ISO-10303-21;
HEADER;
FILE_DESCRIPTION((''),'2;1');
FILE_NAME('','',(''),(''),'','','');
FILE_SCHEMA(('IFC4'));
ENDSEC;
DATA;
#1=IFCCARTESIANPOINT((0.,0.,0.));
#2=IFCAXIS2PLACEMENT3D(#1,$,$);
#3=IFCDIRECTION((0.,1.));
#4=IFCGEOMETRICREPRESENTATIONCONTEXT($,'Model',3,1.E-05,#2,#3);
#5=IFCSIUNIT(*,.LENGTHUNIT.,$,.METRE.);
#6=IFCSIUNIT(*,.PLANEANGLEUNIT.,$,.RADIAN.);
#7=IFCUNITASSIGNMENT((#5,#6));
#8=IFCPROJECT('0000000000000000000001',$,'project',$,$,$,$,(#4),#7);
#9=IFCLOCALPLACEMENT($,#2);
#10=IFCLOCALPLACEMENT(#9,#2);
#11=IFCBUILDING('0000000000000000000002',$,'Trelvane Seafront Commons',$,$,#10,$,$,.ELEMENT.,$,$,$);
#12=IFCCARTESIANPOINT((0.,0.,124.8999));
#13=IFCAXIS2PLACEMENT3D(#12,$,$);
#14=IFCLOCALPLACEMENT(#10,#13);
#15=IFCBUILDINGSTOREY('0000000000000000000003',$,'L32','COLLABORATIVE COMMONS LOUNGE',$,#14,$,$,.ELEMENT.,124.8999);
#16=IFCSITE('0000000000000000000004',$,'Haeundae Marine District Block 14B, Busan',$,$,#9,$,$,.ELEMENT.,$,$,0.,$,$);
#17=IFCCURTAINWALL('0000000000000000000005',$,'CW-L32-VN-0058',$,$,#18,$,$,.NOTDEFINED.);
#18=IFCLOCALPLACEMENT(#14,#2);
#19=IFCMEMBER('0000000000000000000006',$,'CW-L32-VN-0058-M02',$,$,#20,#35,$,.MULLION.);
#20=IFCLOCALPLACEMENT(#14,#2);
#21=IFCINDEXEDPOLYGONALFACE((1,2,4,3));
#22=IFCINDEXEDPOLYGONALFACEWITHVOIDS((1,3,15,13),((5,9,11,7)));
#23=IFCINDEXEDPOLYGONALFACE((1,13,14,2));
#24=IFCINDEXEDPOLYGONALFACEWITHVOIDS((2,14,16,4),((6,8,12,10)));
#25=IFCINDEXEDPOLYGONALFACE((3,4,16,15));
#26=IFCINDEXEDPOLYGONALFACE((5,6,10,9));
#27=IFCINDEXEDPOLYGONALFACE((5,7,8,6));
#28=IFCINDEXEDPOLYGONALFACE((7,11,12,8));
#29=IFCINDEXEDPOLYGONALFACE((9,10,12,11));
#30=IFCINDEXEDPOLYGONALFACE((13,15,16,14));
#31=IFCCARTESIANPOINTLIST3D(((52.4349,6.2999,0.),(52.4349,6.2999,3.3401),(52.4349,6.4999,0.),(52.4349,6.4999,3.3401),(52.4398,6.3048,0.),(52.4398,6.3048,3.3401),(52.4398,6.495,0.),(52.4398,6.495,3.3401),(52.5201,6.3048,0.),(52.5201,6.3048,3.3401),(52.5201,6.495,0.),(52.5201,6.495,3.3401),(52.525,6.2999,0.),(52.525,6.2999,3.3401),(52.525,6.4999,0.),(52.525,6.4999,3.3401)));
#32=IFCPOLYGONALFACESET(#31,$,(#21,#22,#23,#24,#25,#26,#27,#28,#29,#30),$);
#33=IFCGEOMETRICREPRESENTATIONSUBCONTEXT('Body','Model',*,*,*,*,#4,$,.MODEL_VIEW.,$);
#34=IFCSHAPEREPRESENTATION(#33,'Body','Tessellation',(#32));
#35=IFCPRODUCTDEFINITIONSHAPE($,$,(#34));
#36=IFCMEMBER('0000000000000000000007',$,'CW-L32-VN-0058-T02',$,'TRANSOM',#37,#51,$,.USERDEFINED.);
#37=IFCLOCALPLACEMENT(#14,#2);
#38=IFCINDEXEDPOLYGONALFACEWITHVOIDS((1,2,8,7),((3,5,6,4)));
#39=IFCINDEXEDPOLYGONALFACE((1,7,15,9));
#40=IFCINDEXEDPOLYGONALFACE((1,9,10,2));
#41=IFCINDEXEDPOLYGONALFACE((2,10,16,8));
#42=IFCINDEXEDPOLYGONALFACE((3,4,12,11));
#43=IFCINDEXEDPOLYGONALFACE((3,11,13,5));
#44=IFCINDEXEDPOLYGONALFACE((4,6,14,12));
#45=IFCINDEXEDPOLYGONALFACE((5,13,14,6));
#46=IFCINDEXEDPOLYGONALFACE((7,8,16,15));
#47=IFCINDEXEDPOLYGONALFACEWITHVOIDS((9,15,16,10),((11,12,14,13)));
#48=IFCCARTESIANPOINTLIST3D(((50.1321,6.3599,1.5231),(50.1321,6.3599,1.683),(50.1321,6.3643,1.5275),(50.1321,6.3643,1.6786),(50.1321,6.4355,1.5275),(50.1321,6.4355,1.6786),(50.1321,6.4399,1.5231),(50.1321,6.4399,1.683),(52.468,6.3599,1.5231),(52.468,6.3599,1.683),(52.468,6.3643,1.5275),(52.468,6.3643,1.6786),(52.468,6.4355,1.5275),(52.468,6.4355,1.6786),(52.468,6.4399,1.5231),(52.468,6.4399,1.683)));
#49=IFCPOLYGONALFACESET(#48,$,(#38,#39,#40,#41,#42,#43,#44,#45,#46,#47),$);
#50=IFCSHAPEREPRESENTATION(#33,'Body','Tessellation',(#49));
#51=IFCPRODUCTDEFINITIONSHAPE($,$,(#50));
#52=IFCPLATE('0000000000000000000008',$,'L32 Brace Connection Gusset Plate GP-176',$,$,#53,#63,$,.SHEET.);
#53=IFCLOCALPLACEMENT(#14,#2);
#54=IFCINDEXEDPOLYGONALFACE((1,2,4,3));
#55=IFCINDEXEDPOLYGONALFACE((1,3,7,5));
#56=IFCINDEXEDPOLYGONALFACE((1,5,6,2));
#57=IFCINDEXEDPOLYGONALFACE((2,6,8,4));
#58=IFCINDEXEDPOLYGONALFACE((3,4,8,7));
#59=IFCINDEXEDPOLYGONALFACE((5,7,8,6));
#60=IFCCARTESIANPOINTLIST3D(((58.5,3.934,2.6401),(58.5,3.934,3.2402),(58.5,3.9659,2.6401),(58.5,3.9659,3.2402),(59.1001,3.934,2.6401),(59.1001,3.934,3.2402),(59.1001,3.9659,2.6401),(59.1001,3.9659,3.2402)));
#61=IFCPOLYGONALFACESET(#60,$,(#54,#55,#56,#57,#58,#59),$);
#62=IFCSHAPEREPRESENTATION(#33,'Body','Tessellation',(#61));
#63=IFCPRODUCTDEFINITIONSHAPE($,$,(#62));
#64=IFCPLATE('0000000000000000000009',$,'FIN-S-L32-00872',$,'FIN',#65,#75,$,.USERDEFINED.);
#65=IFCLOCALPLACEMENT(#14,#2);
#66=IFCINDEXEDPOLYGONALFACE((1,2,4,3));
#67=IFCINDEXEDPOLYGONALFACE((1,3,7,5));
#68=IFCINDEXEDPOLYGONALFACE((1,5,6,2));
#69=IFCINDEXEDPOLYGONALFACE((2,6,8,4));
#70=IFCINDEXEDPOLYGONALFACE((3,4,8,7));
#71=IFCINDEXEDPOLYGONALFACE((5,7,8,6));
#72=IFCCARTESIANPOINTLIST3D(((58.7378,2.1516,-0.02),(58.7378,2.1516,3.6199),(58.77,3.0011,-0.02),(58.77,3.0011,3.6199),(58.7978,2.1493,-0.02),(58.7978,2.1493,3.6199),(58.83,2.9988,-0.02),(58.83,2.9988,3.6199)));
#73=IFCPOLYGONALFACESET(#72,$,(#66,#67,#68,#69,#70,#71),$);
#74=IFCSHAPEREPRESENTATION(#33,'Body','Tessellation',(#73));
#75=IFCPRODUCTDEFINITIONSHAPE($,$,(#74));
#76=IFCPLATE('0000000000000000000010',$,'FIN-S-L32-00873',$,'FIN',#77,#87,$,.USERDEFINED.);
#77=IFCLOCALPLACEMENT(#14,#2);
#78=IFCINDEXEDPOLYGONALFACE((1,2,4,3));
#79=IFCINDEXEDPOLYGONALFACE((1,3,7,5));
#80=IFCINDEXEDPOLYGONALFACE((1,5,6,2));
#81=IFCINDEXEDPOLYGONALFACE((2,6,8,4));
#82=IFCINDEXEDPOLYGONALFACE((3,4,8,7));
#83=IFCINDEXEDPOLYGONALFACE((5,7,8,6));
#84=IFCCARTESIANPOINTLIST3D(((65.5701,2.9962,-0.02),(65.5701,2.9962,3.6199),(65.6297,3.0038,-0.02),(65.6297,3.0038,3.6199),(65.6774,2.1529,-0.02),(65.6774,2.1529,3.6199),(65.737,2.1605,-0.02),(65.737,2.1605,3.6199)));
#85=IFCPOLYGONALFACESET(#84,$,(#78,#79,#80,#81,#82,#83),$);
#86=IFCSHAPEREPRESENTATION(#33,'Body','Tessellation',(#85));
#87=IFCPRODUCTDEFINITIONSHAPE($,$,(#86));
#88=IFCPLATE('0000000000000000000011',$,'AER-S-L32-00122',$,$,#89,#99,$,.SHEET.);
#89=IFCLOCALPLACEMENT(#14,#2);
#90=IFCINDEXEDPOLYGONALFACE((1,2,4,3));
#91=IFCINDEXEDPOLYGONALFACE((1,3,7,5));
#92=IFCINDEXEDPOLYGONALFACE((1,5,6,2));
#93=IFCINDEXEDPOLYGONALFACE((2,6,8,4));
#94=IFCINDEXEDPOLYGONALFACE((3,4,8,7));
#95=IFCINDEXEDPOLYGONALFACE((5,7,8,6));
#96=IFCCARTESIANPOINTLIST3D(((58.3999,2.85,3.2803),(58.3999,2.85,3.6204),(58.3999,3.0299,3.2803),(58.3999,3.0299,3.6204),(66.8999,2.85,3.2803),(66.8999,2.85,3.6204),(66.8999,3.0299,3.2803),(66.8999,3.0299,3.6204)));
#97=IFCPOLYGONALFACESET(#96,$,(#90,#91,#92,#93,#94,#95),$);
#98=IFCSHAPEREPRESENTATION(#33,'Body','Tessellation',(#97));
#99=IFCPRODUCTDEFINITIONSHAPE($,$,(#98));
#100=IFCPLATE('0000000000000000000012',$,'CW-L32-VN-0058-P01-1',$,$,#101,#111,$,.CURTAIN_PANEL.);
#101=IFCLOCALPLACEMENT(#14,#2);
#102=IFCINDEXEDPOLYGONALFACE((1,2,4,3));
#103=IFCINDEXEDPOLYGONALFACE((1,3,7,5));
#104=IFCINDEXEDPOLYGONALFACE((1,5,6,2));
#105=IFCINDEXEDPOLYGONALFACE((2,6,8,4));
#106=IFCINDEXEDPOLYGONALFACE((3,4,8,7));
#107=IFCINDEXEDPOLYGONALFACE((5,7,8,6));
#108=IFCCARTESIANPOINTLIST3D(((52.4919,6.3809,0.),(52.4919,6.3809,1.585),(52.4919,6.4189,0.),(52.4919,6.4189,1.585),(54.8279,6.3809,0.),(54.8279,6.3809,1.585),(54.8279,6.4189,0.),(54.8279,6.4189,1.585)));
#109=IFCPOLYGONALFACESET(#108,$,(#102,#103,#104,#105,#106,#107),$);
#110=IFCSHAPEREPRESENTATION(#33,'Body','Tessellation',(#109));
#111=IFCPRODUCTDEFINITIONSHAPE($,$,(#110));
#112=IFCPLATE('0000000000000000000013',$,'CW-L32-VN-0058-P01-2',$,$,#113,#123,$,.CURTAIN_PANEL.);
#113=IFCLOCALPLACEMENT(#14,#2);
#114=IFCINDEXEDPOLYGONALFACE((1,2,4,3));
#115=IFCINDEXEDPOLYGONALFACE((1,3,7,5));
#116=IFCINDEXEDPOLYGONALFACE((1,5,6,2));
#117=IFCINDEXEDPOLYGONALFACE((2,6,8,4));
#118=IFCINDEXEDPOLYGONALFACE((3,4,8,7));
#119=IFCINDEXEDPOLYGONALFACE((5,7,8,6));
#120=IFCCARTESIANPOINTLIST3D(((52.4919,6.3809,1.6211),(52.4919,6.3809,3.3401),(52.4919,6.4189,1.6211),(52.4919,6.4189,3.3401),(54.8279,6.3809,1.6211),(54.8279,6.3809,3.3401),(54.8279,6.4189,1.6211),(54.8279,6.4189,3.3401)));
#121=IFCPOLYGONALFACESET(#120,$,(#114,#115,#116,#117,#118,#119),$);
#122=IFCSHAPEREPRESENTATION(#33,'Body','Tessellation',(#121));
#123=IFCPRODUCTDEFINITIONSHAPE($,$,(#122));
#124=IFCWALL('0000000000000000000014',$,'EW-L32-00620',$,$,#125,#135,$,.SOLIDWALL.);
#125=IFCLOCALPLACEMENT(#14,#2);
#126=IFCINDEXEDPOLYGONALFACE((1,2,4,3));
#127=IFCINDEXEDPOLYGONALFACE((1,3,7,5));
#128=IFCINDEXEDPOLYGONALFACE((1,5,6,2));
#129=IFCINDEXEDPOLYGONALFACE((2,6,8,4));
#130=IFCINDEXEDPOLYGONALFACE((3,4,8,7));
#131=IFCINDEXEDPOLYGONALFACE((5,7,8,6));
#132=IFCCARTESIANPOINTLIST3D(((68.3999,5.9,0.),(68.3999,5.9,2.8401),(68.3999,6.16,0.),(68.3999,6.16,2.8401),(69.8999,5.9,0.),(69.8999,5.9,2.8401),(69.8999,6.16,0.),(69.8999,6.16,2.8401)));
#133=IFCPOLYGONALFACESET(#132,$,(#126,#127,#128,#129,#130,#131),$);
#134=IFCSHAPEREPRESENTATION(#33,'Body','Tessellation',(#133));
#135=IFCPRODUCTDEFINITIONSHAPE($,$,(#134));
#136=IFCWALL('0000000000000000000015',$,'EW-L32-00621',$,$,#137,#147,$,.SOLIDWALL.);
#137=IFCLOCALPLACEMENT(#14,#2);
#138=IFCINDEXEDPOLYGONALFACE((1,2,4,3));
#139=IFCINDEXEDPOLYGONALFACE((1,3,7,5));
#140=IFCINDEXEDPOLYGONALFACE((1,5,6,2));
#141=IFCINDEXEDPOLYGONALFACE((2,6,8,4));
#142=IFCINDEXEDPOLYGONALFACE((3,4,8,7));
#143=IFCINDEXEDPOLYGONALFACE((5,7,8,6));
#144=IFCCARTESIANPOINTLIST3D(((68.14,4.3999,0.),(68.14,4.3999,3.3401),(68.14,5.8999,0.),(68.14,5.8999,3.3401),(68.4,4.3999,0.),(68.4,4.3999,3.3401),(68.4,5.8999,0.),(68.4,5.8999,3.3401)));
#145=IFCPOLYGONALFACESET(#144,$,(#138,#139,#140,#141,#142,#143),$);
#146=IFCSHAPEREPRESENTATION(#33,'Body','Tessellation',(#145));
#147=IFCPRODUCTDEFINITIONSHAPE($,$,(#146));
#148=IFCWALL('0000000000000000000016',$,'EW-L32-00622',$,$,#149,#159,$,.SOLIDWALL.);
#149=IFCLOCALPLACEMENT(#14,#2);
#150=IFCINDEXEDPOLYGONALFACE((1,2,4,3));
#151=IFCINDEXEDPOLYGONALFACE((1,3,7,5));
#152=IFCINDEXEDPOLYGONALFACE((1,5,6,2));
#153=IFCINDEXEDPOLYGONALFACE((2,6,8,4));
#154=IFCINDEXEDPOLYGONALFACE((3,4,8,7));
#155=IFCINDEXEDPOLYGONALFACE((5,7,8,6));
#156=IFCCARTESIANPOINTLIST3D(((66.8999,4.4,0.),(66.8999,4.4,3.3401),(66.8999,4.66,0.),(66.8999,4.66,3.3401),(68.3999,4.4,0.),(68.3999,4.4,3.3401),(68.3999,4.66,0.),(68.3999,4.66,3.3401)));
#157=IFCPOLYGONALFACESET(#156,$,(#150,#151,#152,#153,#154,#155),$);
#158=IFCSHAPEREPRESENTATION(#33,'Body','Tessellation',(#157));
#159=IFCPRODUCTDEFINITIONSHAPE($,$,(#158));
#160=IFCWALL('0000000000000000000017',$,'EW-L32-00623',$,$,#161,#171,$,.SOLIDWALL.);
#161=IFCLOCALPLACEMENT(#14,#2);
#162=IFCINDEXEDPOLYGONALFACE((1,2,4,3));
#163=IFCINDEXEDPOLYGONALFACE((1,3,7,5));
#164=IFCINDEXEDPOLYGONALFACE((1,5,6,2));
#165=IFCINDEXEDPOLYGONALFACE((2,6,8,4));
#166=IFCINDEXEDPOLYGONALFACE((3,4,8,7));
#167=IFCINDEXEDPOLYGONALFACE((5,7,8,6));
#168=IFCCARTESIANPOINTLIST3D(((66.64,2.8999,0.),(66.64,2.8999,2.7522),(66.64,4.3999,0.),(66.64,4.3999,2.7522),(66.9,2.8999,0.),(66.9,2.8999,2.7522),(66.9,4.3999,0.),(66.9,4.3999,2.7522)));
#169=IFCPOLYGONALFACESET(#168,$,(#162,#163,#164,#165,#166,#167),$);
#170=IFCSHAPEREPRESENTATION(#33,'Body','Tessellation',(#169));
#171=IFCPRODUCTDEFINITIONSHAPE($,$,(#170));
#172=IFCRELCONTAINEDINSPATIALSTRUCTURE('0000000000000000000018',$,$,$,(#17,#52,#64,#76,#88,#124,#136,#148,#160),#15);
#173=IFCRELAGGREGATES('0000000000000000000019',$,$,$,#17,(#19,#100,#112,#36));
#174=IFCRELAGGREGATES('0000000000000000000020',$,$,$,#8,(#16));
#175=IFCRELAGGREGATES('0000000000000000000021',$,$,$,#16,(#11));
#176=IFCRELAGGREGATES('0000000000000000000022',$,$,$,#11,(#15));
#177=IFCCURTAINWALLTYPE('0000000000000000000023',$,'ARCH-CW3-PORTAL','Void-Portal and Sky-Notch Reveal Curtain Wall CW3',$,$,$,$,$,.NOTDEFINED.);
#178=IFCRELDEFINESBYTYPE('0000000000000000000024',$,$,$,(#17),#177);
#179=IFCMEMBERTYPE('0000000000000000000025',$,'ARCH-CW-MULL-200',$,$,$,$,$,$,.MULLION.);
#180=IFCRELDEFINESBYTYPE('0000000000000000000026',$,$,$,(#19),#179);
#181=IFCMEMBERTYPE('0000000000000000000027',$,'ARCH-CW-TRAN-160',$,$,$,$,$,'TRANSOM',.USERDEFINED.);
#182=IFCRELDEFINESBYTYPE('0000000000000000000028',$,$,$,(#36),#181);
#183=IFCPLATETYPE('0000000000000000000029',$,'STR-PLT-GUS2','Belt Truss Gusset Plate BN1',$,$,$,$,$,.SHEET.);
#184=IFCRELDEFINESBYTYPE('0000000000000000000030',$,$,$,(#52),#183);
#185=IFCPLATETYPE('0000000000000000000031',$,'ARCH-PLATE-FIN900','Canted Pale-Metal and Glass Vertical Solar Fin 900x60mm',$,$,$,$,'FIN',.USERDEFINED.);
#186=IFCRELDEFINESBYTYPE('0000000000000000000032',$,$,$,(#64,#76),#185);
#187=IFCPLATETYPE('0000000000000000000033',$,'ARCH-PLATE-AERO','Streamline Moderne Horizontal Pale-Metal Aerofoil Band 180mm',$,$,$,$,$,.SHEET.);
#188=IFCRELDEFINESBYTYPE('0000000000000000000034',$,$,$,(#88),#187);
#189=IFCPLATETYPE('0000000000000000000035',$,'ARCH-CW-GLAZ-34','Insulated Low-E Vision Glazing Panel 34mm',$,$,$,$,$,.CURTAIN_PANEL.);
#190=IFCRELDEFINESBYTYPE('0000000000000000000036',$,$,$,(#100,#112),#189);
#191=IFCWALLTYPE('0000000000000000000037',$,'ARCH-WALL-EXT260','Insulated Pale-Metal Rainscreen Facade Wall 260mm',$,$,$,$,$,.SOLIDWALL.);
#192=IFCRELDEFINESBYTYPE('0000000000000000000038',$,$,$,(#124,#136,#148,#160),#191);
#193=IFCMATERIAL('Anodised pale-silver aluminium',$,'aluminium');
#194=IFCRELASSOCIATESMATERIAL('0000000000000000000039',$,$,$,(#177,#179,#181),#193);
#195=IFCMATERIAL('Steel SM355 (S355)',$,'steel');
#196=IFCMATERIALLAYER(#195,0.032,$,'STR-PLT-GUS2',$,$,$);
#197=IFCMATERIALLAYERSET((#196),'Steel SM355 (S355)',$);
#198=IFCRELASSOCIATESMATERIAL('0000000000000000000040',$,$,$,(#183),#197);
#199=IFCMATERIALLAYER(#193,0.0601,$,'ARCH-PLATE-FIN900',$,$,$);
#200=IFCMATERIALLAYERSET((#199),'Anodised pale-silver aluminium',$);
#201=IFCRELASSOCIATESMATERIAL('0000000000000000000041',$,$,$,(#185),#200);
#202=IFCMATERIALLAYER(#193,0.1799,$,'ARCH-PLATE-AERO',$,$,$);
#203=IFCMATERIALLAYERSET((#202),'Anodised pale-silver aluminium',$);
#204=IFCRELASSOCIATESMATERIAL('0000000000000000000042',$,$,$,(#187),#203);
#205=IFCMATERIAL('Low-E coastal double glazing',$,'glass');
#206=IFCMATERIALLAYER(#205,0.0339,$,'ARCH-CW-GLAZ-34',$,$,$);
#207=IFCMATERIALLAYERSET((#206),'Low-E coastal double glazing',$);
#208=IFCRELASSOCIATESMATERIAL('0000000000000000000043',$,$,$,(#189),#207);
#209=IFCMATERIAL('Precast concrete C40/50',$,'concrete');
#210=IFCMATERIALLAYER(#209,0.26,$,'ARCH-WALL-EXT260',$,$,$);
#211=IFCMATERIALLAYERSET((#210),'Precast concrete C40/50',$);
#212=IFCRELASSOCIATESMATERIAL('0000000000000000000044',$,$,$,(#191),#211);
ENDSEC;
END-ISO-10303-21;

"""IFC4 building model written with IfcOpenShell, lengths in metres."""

from ifc_helpers import new_model, si_unit, direction, frame, frame_2d, origin, origin_2d, place, context, subcontext, project, spatial, rectangle, hollow_rectangle, extrude, source, transform, mapped, material, layer, layer_set, material_profile, profile_set, type_object, element, aggregate, save


model = new_model("IFC4")

# Units and contexts
model_context = context("Model", 3, precision=1e-05, world=origin(), true_north=direction((0.0, 1.0)))
body_context = subcontext(model_context, "Body", "Model", "MODEL_VIEW")
ifc_project = project(units=[si_unit("LENGTHUNIT", "METRE"), si_unit("PLANEANGLEUNIT", "RADIAN")], contexts=[model_context])

# Site, building, storey
site_placement = place(None, origin())
site = spatial("IfcSite", under=ifc_project, at=site_placement, Name="Haeundae Marine District Block 14B, Busan", CompositionType="ELEMENT", RefElevation=0.0)
building_placement = place(site_placement, origin())
building = spatial("IfcBuilding", under=site, at=building_placement, Name="Trelvane Seafront Commons", CompositionType="ELEMENT")
storey_placement = place(building_placement, frame((0.0, 0.0, 124.8999)))
storey = spatial("IfcBuildingStorey", under=building, at=storey_placement, Name="L32", Description="COLLABORATIVE COMMONS LOUNGE", CompositionType="ELEMENT", Elevation=124.8999)

# Shared definitions
ifc_material_1 = material(Name="Steel SM355 (S355)", Category="steel")

# Curtain wall, members
ifc_material_2 = material(Name="Anodised pale-silver aluminium", Category="aluminium")
curtain_wall_type = type_object("IfcCurtainWallType", Name="ARCH-CW3-PORTAL", Description="Void-Portal and Sky-Notch Reveal Curtain Wall CW3", PredefinedType="NOTDEFINED", material=ifc_material_2)
curtain_wall_placement = place(storey_placement, origin())
curtain_wall = element("IfcCurtainWall", 1, at=curtain_wall_placement, inside=storey, type_object=curtain_wall_type, Name="CW-L32-VN-0058", PredefinedType="NOTDEFINED")
ifc_material_profile_1 = material_profile(ifc_material_2, hollow_rectangle(XDim=0.0901, YDim=0.2, WallThickness=0.0049, at=origin_2d()), Name="MULL-90x200x5")
ifc_profile_set_1 = profile_set([ifc_material_profile_1], Name="Anodised pale-silver aluminium")
member_type_1 = type_object("IfcMemberType", Name="ARCH-CW-MULL-200", PredefinedType="MULLION", material=ifc_profile_set_1)
shared_shape_1 = source(origin(), body_context, "Body", "SweptSolid", [
    extrude(hollow_rectangle(XDim=0.0901, YDim=0.2, WallThickness=0.0049, at=origin_2d()), origin(), (0.0, 0.0, 1.0), 3.3401),
])
member_1_placement = place(storey_placement, frame((52.48, 6.3999, 0.0), z_axis=(0.0, 0.0, 1.0), x_axis=(1.0, 0.0, 0.0)))
member_1 = element("IfcMember", 2, at=member_1_placement, type_object=member_type_1, Name="CW-L32-VN-0058-M02", PredefinedType="MULLION", context=body_context, shape_type="MappedRepresentation", body=[
    mapped(shared_shape_1, transform((0.0, 0.0, 0.0), x_axis=(1.0, 0.0, 0.0), y_axis=(0.0, 1.0, 0.0), z_axis=(0.0, 0.0, 1.0), scale=1.0)),
])
ifc_material_profile_2 = material_profile(ifc_material_2, hollow_rectangle(XDim=0.0801, YDim=0.1599, WallThickness=0.0044, at=origin_2d()), Name="TRAN-80x160x4.5")
ifc_profile_set_2 = profile_set([ifc_material_profile_2], Name="Anodised pale-silver aluminium")
member_type_2 = type_object("IfcMemberType", Name="ARCH-CW-TRAN-160", ElementType="TRANSOM", PredefinedType="USERDEFINED", material=ifc_profile_set_2)
shared_shape_2 = source(origin(), body_context, "Body", "SweptSolid", [
    extrude(hollow_rectangle(XDim=0.0801, YDim=0.1599, WallThickness=0.0044, at=origin_2d()), origin(), (0.0, 0.0, 1.0), 2.3359),
])
member_2_placement = place(storey_placement, frame((52.468, 6.3999, 1.603), z_axis=(-1.0, 0.0, 0.0), x_axis=(0.0, -1.0, 0.0)))
member_2 = element("IfcMember", 3, at=member_2_placement, type_object=member_type_2, Name="CW-L32-VN-0058-T02", ObjectType="TRANSOM", PredefinedType="USERDEFINED", context=body_context, shape_type="MappedRepresentation", body=[
    mapped(shared_shape_2, transform((0.0, 0.0, 0.0), x_axis=(1.0, 0.0, 0.0), y_axis=(0.0, 1.0, 0.0), z_axis=(0.0, 0.0, 1.0), scale=1.0)),
])

# Plates
ifc_layer_1 = layer(ifc_material_1, 0.032, Name="STR-PLT-GUS2")
ifc_layer_set_1 = layer_set([ifc_layer_1], Name="Steel SM355 (S355)")
plate_type_1 = type_object("IfcPlateType", Name="STR-PLT-GUS2", Description="Belt Truss Gusset Plate BN1", PredefinedType="SHEET", material=ifc_layer_set_1)
shared_shape_3 = source(origin(), body_context, "Body", "SweptSolid", [
    extrude(rectangle(XDim=0.6001, YDim=0.032, at=origin_2d()), origin(), (0.0, 0.0, 1.0), 0.6001),
])
plate_1_placement = place(storey_placement, frame((58.8, 3.95, 2.6401), z_axis=(0.0, 0.0, 1.0), x_axis=(1.0, 0.0, 0.0)))
element("IfcPlate", 4, at=plate_1_placement, inside=storey, type_object=plate_type_1, Name="L32 Brace Connection Gusset Plate GP-176", PredefinedType="SHEET", context=body_context, shape_type="MappedRepresentation", body=[
    mapped(shared_shape_3, transform((0.0, 0.0, 0.0), x_axis=(1.0, 0.0, 0.0), y_axis=(0.0, 1.0, 0.0), z_axis=(0.0, 0.0, 1.0), scale=1.0)),
])
ifc_layer_2 = layer(ifc_material_2, 0.0601, Name="ARCH-PLATE-FIN900")
ifc_layer_set_2 = layer_set([ifc_layer_2], Name="Anodised pale-silver aluminium")
plate_type_2 = type_object("IfcPlateType", Name="ARCH-PLATE-FIN900", Description="Canted Pale-Metal and Glass Vertical Solar Fin 900x60mm", ElementType="FIN", PredefinedType="USERDEFINED", material=ifc_layer_set_2)
shared_shape_4 = source(origin(), body_context, "Body", "SweptSolid", [
    extrude(rectangle(XDim=0.8501, YDim=0.0601, at=origin_2d()), origin(), (0.0, 0.0, 1.0), 3.6399),
])
for number, where, z_axis, x_axis, name in (
    (5, (58.7839, 2.5752, -0.02), (0.0, 0.0, 1.0), (-0.037882, -0.999282, 0.0), "FIN-S-L32-00872"),
    (6, (65.6536, 2.5784, -0.02), (0.0, 0.0, 1.0), (0.126235, -0.992, 0.0), "FIN-S-L32-00873"),
):
    element("IfcPlate", number, at=place(storey_placement, frame(where, z_axis=z_axis, x_axis=x_axis)), inside=storey, type_object=plate_type_2, Name=name, ObjectType="FIN", PredefinedType="USERDEFINED", context=body_context, shape_type="MappedRepresentation", body=[
        mapped(shared_shape_4, transform((0.0, 0.0, 0.0), x_axis=(1.0, 0.0, 0.0), y_axis=(0.0, 1.0, 0.0), z_axis=(0.0, 0.0, 1.0), scale=1.0)),
    ])
ifc_layer_3 = layer(ifc_material_2, 0.1799, Name="ARCH-PLATE-AERO")
ifc_layer_set_3 = layer_set([ifc_layer_3], Name="Anodised pale-silver aluminium")
plate_type_3 = type_object("IfcPlateType", Name="ARCH-PLATE-AERO", Description="Streamline Moderne Horizontal Pale-Metal Aerofoil Band 180mm", PredefinedType="SHEET", material=ifc_layer_set_3)
shared_shape_5 = source(origin(), body_context, "Body", "SweptSolid", [
    extrude(rectangle(XDim=8.5, YDim=0.1799, at=origin_2d()), origin(), (0.0, 0.0, 1.0), 0.3401),
])
plate_2_placement = place(storey_placement, frame((62.6499, 2.9399, 3.2803), z_axis=(0.0, 0.0, 1.0), x_axis=(-1.0, 0.0, 0.0)))
element("IfcPlate", 7, at=plate_2_placement, inside=storey, type_object=plate_type_3, Name="AER-S-L32-00122", PredefinedType="SHEET", context=body_context, shape_type="MappedRepresentation", body=[
    mapped(shared_shape_5, transform((0.0, 0.0, 0.0), x_axis=(1.0, 0.0, 0.0), y_axis=(0.0, 1.0, 0.0), z_axis=(0.0, 0.0, 1.0), scale=1.0)),
])

# Plates
ifc_material_3 = material(Name="Low-E coastal double glazing", Category="glass")
ifc_layer_4 = layer(ifc_material_3, 0.0339, Name="ARCH-CW-GLAZ-34")
ifc_layer_set_4 = layer_set([ifc_layer_4], Name="Low-E coastal double glazing")
plate_type_4 = type_object("IfcPlateType", Name="ARCH-CW-GLAZ-34", Description="Insulated Low-E Vision Glazing Panel 34mm", PredefinedType="CURTAIN_PANEL", material=ifc_layer_set_4)
shared_shape_6 = source(origin(), body_context, "Body", "SweptSolid", [
    extrude(rectangle(XDim=2.3359, YDim=0.0381, at=origin_2d()), origin(), (0.0, 0.0, 1.0), 1.585),
])
plate_3_placement = place(storey_placement, frame((53.6599, 6.3999, 0.0), z_axis=(0.0, 0.0, 1.0), x_axis=(-1.0, 0.0, 0.0)))
plate_3 = element("IfcPlate", 8, at=plate_3_placement, type_object=plate_type_4, Name="CW-L32-VN-0058-P01-1", PredefinedType="CURTAIN_PANEL", context=body_context, shape_type="MappedRepresentation", body=[
    mapped(shared_shape_6, transform((0.0, 0.0, 0.0), x_axis=(1.0, 0.0, 0.0), y_axis=(0.0, 1.0, 0.0), z_axis=(0.0, 0.0, 1.0), scale=1.0)),
])
shared_shape_7 = source(origin(), body_context, "Body", "SweptSolid", [
    extrude(rectangle(XDim=2.3359, YDim=0.0381, at=origin_2d()), origin(), (0.0, 0.0, 1.0), 1.719),
])
plate_4_placement = place(storey_placement, frame((53.6599, 6.3999, 1.6211), z_axis=(0.0, 0.0, 1.0), x_axis=(-1.0, 0.0, 0.0)))
plate_4 = element("IfcPlate", 9, at=plate_4_placement, type_object=plate_type_4, Name="CW-L32-VN-0058-P01-2", PredefinedType="CURTAIN_PANEL", context=body_context, shape_type="MappedRepresentation", body=[
    mapped(shared_shape_7, transform((0.0, 0.0, 0.0), x_axis=(1.0, 0.0, 0.0), y_axis=(0.0, 1.0, 0.0), z_axis=(0.0, 0.0, 1.0), scale=1.0)),
])
aggregate(curtain_wall, [member_1, plate_3, plate_4, member_2])

# Walls
ifc_material_4 = material(Name="Precast concrete C40/50", Category="concrete")
ifc_layer_5 = layer(ifc_material_4, 0.26, Name="ARCH-WALL-EXT260")
ifc_layer_set_5 = layer_set([ifc_layer_5], Name="Precast concrete C40/50")
wall_type_1 = type_object("IfcWallType", Name="ARCH-WALL-EXT260", Description="Insulated Pale-Metal Rainscreen Facade Wall 260mm", PredefinedType="SOLIDWALL", material=ifc_layer_set_5)
wall_1_placement = place(storey_placement, frame((69.8999, 6.03, 0.0), z_axis=(0.0, 0.0, 1.0), x_axis=(-1.0, 0.0, 0.0)))
element("IfcWall", 10, at=wall_1_placement, inside=storey, type_object=wall_type_1, Name="EW-L32-00620", PredefinedType="SOLIDWALL", context=body_context, shape_type="SweptSolid", body=[
    extrude(rectangle(XDim=1.5, YDim=0.26, at=frame_2d((0.75, 0.0))), origin(), (0.0, 0.0, 1.0), 2.8401),
])
for number, where, z_axis, x_axis, name in (
    (11, (68.27, 5.8999, 0.0), (0.0, 0.0, 1.0), (0.0, -1.0, 0.0), "EW-L32-00621"),
    (12, (68.3999, 4.53, 0.0), (0.0, 0.0, 1.0), (-1.0, 0.0, 0.0), "EW-L32-00622"),
):
    element("IfcWall", number, at=place(storey_placement, frame(where, z_axis=z_axis, x_axis=x_axis)), inside=storey, type_object=wall_type_1, Name=name, PredefinedType="SOLIDWALL", context=body_context, shape_type="SweptSolid", body=[
        extrude(rectangle(XDim=1.5, YDim=0.26, at=frame_2d((0.75, 0.0))), origin(), (0.0, 0.0, 1.0), 3.3401),
    ])
wall_2_placement = place(storey_placement, frame((66.77, 4.3999, 0.0), z_axis=(0.0, 0.0, 1.0), x_axis=(0.0, -1.0, 0.0)))
element("IfcWall", 13, at=wall_2_placement, inside=storey, type_object=wall_type_1, Name="EW-L32-00623", PredefinedType="SOLIDWALL", context=body_context, shape_type="SweptSolid", body=[
    extrude(rectangle(XDim=1.5, YDim=0.26, at=frame_2d((0.75, 0.0))), origin(), (0.0, 0.0, 1.0), 2.7522),
])

save(model, "model.ifc")
